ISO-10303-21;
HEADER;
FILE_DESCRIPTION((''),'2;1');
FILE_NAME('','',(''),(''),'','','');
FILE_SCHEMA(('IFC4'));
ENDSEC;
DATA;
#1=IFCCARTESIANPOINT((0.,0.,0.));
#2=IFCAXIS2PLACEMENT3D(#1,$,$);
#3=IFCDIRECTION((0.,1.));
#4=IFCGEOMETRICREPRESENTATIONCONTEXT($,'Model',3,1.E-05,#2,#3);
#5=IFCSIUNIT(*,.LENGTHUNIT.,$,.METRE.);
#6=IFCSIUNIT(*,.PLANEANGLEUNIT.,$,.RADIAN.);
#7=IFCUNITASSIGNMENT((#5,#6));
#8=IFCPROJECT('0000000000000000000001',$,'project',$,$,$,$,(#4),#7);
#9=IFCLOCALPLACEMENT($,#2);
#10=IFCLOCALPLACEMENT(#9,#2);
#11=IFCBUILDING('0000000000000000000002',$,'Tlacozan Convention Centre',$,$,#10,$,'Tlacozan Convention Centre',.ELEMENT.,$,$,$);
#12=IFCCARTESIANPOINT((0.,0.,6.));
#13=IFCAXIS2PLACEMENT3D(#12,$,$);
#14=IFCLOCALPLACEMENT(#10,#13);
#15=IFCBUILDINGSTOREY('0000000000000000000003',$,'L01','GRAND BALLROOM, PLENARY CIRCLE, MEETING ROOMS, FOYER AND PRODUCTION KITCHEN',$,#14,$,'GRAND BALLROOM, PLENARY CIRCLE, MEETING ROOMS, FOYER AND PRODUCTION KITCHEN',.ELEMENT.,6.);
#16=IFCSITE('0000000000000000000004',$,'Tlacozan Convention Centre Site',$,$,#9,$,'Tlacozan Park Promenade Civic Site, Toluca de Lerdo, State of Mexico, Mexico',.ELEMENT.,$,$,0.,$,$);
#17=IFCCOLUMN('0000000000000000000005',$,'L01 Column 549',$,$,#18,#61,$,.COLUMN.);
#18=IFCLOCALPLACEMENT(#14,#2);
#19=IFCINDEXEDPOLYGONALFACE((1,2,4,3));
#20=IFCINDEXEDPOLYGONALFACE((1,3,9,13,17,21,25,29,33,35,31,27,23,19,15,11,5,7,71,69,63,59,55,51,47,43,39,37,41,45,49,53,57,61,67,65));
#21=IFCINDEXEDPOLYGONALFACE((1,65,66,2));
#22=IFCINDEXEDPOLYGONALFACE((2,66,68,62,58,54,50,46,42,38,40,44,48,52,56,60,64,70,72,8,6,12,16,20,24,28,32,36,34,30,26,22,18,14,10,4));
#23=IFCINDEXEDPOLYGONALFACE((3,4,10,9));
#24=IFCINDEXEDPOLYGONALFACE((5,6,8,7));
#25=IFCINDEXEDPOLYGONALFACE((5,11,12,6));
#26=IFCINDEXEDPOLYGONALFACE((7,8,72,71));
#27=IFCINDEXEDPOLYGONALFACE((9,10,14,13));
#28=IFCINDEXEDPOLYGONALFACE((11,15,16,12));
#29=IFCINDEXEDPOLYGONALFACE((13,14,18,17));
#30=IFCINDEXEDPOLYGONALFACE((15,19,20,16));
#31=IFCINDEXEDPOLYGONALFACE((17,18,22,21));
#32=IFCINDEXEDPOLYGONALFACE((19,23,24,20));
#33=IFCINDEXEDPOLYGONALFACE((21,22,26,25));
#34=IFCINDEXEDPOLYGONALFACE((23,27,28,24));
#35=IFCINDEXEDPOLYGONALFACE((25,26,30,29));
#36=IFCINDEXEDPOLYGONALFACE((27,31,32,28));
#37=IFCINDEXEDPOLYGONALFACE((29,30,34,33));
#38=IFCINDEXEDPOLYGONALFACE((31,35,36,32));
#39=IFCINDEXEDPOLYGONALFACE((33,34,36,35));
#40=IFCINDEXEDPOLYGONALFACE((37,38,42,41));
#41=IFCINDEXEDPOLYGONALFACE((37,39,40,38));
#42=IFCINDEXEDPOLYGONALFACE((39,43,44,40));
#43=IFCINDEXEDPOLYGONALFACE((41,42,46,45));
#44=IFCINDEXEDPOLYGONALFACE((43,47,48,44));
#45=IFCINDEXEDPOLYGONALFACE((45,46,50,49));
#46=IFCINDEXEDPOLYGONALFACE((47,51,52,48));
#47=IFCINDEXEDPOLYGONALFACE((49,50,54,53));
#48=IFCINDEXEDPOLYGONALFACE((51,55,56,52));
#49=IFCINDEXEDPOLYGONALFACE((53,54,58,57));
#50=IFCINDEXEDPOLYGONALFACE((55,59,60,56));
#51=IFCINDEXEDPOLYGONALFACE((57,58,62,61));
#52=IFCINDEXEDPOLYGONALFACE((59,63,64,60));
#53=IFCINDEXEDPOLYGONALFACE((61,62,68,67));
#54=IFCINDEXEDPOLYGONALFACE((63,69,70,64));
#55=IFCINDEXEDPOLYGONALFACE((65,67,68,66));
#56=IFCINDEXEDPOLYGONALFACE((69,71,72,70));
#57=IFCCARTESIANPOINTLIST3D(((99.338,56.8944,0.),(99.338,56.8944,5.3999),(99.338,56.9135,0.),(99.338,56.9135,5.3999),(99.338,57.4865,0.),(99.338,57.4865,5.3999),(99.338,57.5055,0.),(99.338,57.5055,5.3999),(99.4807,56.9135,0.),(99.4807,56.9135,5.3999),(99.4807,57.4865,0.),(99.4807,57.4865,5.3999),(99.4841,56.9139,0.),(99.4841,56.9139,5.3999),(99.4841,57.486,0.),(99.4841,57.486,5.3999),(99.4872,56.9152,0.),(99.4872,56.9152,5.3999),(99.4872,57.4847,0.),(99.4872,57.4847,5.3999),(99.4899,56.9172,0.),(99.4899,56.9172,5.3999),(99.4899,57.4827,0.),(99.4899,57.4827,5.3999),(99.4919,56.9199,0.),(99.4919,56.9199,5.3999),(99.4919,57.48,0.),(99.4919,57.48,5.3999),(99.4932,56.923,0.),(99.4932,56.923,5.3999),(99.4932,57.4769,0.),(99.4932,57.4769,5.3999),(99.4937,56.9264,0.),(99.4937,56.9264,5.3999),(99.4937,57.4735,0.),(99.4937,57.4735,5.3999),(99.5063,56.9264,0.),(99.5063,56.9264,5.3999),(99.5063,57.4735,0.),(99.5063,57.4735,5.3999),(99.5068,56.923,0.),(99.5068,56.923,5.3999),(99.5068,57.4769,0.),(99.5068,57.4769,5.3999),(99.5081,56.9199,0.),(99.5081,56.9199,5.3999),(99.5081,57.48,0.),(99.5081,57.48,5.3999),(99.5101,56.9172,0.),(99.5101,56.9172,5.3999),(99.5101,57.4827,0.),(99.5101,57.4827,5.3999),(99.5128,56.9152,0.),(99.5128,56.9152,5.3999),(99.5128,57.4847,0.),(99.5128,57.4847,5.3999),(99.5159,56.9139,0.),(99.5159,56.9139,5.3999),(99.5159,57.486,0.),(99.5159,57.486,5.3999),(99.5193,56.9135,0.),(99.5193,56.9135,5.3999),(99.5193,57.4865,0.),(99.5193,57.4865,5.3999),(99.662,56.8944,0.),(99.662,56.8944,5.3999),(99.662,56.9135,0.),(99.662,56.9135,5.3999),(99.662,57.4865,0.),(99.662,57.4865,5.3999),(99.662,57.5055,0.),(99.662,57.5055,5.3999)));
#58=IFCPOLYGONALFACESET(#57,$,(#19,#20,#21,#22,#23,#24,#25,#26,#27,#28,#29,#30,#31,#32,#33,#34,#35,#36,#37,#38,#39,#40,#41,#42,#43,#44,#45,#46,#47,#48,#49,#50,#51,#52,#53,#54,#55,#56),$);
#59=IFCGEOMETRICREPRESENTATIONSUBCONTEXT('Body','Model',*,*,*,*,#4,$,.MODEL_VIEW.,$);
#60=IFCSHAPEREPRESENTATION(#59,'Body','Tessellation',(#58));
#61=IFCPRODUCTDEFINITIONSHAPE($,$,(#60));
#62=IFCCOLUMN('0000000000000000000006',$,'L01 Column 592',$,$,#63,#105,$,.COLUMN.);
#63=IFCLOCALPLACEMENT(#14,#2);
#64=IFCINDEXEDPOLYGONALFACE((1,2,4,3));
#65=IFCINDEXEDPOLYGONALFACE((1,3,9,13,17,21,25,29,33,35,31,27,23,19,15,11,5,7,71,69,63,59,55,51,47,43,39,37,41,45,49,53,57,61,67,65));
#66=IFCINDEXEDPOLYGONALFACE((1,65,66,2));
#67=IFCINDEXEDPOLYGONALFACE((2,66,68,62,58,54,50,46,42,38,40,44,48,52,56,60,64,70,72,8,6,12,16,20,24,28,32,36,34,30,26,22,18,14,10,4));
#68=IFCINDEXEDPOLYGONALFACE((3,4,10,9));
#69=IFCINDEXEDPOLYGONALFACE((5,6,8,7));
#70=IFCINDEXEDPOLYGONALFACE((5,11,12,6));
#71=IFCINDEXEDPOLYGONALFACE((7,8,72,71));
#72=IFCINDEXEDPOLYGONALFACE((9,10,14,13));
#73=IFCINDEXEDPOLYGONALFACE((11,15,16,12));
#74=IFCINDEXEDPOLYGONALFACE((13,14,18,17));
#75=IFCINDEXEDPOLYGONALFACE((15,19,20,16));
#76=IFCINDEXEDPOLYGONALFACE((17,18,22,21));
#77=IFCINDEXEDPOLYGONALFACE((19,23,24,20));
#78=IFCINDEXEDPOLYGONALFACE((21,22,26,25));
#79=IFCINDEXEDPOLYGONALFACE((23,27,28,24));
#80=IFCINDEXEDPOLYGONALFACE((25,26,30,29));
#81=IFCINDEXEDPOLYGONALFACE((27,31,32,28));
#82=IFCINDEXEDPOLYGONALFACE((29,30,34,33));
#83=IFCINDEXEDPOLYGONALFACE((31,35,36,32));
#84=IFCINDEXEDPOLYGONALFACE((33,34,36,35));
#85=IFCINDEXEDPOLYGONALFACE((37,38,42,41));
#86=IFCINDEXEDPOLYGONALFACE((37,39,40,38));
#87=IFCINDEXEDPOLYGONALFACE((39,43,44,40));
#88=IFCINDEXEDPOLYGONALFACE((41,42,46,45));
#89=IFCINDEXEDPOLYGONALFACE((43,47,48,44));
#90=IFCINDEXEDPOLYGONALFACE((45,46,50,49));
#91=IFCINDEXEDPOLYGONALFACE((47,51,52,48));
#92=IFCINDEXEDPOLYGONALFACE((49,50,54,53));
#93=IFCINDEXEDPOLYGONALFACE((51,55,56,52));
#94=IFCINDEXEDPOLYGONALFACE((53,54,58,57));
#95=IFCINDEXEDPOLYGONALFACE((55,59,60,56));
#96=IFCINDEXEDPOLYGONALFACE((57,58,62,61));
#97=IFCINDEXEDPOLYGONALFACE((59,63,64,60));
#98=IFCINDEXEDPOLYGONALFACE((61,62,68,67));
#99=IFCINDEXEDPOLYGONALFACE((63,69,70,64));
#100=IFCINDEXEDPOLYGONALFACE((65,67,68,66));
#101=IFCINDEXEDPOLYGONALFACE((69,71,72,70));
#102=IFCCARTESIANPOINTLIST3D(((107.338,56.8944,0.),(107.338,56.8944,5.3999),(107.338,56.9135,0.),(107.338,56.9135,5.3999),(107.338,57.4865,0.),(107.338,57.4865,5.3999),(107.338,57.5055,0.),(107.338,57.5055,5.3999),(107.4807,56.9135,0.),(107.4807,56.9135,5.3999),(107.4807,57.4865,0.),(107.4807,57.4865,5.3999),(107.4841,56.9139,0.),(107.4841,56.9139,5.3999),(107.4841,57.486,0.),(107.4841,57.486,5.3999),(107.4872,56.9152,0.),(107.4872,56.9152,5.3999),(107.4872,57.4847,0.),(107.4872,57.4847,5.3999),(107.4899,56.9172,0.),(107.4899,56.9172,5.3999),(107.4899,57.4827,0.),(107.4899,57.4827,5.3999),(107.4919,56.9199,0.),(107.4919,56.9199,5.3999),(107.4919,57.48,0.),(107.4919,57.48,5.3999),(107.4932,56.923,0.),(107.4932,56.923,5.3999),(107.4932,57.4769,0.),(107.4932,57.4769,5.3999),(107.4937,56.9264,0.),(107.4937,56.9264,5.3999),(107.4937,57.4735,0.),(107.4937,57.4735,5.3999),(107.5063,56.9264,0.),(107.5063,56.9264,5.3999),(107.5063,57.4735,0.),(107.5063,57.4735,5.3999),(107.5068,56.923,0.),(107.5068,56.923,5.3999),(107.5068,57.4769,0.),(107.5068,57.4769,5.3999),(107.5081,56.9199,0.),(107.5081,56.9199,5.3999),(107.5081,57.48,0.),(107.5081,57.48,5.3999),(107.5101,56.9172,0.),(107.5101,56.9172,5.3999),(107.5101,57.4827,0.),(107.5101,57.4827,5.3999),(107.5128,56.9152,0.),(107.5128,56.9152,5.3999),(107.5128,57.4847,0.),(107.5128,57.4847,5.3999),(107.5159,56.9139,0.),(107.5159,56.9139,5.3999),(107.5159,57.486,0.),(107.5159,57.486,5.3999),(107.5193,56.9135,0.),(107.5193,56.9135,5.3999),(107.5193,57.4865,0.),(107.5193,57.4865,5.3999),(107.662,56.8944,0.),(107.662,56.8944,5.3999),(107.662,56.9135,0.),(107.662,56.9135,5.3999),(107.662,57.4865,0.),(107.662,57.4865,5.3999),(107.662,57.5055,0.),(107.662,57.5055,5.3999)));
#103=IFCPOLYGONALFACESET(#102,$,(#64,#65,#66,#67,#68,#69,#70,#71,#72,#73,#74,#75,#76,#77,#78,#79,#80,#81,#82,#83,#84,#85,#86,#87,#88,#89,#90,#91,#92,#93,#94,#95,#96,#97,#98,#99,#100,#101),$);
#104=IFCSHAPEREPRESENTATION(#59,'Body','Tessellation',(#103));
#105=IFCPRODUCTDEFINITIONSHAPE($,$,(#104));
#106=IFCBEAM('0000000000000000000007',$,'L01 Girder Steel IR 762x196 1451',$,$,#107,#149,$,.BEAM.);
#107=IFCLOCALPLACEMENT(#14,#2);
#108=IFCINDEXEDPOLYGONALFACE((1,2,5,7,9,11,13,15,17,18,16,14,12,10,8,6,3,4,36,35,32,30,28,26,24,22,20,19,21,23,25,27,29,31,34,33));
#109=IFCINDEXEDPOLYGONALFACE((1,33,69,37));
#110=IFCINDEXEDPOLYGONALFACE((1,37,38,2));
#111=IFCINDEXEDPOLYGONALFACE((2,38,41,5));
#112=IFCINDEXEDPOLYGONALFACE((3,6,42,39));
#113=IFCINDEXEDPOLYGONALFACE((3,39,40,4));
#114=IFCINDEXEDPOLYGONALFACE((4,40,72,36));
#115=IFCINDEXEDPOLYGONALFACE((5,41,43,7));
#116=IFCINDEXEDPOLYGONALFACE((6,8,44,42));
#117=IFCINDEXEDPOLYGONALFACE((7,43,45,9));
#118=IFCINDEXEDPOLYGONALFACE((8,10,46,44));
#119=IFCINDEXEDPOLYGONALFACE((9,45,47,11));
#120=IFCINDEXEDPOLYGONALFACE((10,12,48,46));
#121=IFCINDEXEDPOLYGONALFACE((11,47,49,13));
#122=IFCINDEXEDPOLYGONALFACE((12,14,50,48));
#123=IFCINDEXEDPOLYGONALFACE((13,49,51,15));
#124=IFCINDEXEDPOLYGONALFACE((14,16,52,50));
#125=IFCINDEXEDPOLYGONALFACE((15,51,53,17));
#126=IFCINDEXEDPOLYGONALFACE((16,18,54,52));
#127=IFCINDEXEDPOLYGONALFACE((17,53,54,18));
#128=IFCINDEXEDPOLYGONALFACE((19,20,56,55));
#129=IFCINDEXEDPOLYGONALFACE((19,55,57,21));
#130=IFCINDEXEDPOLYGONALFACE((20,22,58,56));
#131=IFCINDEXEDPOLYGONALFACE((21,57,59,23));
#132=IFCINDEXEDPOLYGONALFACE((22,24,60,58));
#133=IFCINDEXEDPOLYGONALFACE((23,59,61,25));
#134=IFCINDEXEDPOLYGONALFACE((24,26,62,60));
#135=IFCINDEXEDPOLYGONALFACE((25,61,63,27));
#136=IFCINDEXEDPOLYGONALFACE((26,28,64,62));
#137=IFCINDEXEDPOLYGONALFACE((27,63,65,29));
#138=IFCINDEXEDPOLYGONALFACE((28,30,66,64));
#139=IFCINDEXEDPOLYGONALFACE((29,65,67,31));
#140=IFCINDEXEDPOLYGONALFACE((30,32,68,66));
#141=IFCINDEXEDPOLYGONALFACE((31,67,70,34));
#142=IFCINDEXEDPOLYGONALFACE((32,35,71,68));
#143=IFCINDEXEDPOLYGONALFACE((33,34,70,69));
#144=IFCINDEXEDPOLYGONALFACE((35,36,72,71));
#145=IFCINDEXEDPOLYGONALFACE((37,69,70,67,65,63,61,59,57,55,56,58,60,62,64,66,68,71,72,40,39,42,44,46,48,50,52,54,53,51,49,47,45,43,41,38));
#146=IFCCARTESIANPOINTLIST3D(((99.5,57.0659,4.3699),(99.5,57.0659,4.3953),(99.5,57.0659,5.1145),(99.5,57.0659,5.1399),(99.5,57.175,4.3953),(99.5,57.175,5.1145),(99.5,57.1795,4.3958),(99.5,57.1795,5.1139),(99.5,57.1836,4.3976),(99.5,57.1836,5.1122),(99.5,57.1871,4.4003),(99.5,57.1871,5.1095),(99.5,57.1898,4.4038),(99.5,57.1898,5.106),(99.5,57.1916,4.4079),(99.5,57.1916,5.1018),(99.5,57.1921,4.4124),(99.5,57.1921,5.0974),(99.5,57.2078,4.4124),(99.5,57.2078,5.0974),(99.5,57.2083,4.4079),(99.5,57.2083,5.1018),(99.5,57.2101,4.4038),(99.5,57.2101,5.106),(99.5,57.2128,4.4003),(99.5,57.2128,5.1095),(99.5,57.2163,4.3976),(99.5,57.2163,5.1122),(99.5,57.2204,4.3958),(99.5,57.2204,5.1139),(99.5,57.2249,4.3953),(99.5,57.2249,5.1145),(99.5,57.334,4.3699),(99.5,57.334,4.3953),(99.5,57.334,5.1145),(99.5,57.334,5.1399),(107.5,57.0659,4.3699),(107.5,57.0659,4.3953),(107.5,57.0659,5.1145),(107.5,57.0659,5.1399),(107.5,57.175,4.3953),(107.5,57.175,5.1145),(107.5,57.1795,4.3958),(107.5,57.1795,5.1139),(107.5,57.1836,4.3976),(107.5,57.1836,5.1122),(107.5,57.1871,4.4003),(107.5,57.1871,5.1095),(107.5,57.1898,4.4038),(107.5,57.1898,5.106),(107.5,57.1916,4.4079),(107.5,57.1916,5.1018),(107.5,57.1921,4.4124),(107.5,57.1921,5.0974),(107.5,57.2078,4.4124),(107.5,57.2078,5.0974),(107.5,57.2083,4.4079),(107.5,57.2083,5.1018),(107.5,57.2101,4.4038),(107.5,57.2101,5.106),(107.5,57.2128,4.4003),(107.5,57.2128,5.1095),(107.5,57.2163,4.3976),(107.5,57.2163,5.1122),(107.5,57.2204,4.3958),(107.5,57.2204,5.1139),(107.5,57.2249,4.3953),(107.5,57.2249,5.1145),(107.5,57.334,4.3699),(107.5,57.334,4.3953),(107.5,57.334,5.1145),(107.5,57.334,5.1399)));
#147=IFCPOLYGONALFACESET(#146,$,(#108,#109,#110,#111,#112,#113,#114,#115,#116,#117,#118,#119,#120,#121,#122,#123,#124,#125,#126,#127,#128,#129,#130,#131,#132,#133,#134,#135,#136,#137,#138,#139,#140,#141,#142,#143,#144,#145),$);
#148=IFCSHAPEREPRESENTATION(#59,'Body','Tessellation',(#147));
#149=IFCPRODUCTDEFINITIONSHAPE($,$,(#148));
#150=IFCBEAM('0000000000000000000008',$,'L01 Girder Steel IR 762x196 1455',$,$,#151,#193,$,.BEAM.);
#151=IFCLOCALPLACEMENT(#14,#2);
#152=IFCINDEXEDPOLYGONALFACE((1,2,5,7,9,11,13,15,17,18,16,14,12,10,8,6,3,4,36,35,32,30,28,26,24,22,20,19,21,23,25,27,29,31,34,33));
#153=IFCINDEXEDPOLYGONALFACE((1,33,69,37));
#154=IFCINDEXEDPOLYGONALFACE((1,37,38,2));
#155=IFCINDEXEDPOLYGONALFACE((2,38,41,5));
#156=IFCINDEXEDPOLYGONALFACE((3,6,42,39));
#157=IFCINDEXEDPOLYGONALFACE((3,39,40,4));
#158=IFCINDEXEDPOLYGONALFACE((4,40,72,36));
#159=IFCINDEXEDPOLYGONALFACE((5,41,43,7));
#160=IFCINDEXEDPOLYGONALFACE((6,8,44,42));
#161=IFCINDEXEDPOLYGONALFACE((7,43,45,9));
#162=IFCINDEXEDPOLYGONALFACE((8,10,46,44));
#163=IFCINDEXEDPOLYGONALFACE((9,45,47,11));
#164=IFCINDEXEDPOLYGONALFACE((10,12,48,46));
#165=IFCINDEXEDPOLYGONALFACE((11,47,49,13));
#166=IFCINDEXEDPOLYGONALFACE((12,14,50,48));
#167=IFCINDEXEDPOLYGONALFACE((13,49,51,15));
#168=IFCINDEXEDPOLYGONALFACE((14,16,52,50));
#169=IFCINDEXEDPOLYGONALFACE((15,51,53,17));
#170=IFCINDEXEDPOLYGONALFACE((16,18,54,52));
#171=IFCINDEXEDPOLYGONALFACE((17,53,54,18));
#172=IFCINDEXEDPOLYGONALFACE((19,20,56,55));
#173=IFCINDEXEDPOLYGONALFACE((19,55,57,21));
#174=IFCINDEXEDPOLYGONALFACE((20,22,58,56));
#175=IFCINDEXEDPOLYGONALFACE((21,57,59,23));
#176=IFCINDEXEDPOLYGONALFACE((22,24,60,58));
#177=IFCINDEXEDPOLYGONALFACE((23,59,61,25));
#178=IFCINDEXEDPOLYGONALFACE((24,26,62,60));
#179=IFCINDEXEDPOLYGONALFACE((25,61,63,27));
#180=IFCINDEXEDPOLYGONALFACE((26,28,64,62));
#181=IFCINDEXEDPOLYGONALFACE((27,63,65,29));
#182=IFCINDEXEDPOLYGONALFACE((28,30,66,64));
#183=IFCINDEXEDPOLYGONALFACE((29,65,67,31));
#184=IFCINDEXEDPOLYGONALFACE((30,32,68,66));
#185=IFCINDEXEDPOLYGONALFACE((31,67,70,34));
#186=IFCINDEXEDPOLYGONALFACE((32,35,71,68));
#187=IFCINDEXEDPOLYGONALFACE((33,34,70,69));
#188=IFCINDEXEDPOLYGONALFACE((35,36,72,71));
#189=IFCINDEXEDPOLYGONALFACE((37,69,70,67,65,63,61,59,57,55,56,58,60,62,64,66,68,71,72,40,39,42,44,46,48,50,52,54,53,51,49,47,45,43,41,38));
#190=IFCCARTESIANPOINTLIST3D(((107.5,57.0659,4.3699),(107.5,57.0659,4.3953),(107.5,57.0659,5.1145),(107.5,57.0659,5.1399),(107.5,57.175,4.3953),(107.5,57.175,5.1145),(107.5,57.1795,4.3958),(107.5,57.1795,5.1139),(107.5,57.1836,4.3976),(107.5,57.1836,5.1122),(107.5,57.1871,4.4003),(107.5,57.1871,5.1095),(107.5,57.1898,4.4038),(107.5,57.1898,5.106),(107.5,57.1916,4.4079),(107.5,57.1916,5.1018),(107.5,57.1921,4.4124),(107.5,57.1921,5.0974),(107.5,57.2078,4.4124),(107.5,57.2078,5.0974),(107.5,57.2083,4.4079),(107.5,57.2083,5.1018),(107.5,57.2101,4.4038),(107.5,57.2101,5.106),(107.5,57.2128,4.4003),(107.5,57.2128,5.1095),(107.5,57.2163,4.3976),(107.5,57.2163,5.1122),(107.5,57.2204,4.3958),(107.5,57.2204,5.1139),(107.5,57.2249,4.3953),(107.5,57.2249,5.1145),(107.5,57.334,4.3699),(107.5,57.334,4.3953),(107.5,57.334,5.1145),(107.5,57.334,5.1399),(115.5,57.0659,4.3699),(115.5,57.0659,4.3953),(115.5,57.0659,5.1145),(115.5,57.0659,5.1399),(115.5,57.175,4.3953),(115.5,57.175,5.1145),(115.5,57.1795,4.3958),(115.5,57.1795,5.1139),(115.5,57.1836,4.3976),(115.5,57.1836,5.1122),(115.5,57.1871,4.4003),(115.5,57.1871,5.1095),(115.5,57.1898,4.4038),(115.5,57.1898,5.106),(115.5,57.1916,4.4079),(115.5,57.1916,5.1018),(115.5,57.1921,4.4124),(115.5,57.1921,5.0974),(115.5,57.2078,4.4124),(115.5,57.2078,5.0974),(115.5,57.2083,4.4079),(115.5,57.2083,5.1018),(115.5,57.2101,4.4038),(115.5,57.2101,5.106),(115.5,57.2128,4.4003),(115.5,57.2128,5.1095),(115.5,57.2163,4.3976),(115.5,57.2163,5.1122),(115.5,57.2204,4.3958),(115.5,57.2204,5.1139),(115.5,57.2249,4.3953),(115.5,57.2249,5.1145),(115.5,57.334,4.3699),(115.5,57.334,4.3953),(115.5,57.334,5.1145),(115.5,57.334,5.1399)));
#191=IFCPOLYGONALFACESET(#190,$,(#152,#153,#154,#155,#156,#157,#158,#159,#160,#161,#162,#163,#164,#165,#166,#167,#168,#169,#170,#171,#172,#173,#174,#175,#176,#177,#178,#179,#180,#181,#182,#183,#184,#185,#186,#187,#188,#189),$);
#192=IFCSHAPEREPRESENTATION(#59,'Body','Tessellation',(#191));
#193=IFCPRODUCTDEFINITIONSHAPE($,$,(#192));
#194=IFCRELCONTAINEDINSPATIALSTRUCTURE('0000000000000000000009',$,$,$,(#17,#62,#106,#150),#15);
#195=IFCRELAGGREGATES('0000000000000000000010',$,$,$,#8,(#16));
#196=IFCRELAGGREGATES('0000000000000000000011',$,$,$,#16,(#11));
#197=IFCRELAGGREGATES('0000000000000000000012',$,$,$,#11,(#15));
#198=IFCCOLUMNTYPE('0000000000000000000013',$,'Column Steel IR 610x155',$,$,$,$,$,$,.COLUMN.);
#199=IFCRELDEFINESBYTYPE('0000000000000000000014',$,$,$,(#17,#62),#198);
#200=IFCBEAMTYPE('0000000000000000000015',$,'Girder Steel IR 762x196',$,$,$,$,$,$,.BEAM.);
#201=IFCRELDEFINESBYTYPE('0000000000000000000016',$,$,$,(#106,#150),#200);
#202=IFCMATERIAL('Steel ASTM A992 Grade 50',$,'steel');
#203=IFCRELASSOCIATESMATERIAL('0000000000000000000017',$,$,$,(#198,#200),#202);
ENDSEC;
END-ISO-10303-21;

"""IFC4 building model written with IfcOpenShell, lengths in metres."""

from ifc_helpers import new_model, si_unit, direction, frame, origin, origin_2d, place, context, subcontext, project, spatial, i_section, extrude, material, material_profile, profile_set, type_object, element, save


model = new_model("IFC4")

# Units and contexts
model_context = context("Model", 3, precision=1e-05, world=origin(), true_north=direction((0.0, 1.0)))
body_context = subcontext(model_context, "Body", "Model", "MODEL_VIEW")
ifc_project = project(units=[si_unit("LENGTHUNIT", "METRE"), si_unit("PLANEANGLEUNIT", "RADIAN")], contexts=[model_context])

# Site, building, storey
site_placement = place(None, origin())
site = spatial("IfcSite", under=ifc_project, at=site_placement, Name="Tlacozan Convention Centre Site", LongName="Tlacozan Park Promenade Civic Site, Toluca de Lerdo, State of Mexico, Mexico", CompositionType="ELEMENT", RefElevation=0.0)
building_placement = place(site_placement, origin())
building = spatial("IfcBuilding", under=site, at=building_placement, Name="Tlacozan Convention Centre", LongName="Tlacozan Convention Centre", CompositionType="ELEMENT")
storey_placement = place(building_placement, frame((0.0, 0.0, 6.0)))
storey = spatial("IfcBuildingStorey", under=building, at=storey_placement, Name="L01", Description="GRAND BALLROOM, PLENARY CIRCLE, MEETING ROOMS, FOYER AND PRODUCTION KITCHEN", LongName="GRAND BALLROOM, PLENARY CIRCLE, MEETING ROOMS, FOYER AND PRODUCTION KITCHEN", CompositionType="ELEMENT", Elevation=6.0)

# Columns
ifc_material_1 = material(Name="Steel ASTM A992 Grade 50", Category="steel")
ifc_material_profile_1 = material_profile(ifc_material_1, i_section(OverallWidth=0.324, OverallDepth=0.6111, WebThickness=0.0127, FlangeThickness=0.019, FilletRadius=0.0129, at=origin_2d()), Name="IR 610x155.0")
ifc_profile_set_1 = profile_set([ifc_material_profile_1], Name="Steel ASTM A992 Grade 50")
column_type = type_object("IfcColumnType", Name="Column Steel IR 610x155", PredefinedType="COLUMN", material=ifc_profile_set_1)
for number, where, z_axis, x_axis, name in (
    (1, (99.5, 57.2, 0.0), (0.0, 0.0, 1.0), (1.0, 0.0, 0.0), "L01 Column 549"),
    (2, (107.5, 57.2, 0.0), (0.0, 0.0, 1.0), (1.0, 0.0, 0.0), "L01 Column 592"),
):
    element("IfcColumn", number, at=place(storey_placement, frame(where, z_axis=z_axis, x_axis=x_axis)), inside=storey, type_object=column_type, Name=name, PredefinedType="COLUMN", context=body_context, shape_type="SweptSolid", body=[
        extrude(i_section(OverallWidth=0.324, OverallDepth=0.6111, WebThickness=0.0127, FlangeThickness=0.019, FilletRadius=0.0129, at=origin_2d()), origin(), (0.0, 0.0, 1.0), 5.3999),
    ])

# Beams
ifc_material_profile_2 = material_profile(ifc_material_1, i_section(OverallWidth=0.2681, OverallDepth=0.77, WebThickness=0.0156, FlangeThickness=0.0254, FilletRadius=0.0171, at=origin_2d()), Name="IR 762x196.0")
ifc_profile_set_2 = profile_set([ifc_material_profile_2], Name="Steel ASTM A992 Grade 50")
beam_type = type_object("IfcBeamType", Name="Girder Steel IR 762x196", PredefinedType="BEAM", material=ifc_profile_set_2)
for number, where, z_axis, x_axis, name in (
    (3, (99.5, 57.2, 4.7549), (1.0, 0.0, 0.0), (0.0, 1.0, 0.0), "L01 Girder Steel IR 762x196 1451"),
    (4, (107.5, 57.2, 4.7549), (1.0, 0.0, 0.0), (0.0, 1.0, 0.0), "L01 Girder Steel IR 762x196 1455"),
):
    element("IfcBeam", number, at=place(storey_placement, frame(where, z_axis=z_axis, x_axis=x_axis)), inside=storey, type_object=beam_type, Name=name, PredefinedType="BEAM", context=body_context, shape_type="SweptSolid", body=[
        extrude(i_section(OverallWidth=0.2681, OverallDepth=0.77, WebThickness=0.0156, FlangeThickness=0.0254, FilletRadius=0.0171, at=origin_2d()), origin(), (0.0, 0.0, 1.0), 8.0),
    ])

save(model, "model.ifc")
